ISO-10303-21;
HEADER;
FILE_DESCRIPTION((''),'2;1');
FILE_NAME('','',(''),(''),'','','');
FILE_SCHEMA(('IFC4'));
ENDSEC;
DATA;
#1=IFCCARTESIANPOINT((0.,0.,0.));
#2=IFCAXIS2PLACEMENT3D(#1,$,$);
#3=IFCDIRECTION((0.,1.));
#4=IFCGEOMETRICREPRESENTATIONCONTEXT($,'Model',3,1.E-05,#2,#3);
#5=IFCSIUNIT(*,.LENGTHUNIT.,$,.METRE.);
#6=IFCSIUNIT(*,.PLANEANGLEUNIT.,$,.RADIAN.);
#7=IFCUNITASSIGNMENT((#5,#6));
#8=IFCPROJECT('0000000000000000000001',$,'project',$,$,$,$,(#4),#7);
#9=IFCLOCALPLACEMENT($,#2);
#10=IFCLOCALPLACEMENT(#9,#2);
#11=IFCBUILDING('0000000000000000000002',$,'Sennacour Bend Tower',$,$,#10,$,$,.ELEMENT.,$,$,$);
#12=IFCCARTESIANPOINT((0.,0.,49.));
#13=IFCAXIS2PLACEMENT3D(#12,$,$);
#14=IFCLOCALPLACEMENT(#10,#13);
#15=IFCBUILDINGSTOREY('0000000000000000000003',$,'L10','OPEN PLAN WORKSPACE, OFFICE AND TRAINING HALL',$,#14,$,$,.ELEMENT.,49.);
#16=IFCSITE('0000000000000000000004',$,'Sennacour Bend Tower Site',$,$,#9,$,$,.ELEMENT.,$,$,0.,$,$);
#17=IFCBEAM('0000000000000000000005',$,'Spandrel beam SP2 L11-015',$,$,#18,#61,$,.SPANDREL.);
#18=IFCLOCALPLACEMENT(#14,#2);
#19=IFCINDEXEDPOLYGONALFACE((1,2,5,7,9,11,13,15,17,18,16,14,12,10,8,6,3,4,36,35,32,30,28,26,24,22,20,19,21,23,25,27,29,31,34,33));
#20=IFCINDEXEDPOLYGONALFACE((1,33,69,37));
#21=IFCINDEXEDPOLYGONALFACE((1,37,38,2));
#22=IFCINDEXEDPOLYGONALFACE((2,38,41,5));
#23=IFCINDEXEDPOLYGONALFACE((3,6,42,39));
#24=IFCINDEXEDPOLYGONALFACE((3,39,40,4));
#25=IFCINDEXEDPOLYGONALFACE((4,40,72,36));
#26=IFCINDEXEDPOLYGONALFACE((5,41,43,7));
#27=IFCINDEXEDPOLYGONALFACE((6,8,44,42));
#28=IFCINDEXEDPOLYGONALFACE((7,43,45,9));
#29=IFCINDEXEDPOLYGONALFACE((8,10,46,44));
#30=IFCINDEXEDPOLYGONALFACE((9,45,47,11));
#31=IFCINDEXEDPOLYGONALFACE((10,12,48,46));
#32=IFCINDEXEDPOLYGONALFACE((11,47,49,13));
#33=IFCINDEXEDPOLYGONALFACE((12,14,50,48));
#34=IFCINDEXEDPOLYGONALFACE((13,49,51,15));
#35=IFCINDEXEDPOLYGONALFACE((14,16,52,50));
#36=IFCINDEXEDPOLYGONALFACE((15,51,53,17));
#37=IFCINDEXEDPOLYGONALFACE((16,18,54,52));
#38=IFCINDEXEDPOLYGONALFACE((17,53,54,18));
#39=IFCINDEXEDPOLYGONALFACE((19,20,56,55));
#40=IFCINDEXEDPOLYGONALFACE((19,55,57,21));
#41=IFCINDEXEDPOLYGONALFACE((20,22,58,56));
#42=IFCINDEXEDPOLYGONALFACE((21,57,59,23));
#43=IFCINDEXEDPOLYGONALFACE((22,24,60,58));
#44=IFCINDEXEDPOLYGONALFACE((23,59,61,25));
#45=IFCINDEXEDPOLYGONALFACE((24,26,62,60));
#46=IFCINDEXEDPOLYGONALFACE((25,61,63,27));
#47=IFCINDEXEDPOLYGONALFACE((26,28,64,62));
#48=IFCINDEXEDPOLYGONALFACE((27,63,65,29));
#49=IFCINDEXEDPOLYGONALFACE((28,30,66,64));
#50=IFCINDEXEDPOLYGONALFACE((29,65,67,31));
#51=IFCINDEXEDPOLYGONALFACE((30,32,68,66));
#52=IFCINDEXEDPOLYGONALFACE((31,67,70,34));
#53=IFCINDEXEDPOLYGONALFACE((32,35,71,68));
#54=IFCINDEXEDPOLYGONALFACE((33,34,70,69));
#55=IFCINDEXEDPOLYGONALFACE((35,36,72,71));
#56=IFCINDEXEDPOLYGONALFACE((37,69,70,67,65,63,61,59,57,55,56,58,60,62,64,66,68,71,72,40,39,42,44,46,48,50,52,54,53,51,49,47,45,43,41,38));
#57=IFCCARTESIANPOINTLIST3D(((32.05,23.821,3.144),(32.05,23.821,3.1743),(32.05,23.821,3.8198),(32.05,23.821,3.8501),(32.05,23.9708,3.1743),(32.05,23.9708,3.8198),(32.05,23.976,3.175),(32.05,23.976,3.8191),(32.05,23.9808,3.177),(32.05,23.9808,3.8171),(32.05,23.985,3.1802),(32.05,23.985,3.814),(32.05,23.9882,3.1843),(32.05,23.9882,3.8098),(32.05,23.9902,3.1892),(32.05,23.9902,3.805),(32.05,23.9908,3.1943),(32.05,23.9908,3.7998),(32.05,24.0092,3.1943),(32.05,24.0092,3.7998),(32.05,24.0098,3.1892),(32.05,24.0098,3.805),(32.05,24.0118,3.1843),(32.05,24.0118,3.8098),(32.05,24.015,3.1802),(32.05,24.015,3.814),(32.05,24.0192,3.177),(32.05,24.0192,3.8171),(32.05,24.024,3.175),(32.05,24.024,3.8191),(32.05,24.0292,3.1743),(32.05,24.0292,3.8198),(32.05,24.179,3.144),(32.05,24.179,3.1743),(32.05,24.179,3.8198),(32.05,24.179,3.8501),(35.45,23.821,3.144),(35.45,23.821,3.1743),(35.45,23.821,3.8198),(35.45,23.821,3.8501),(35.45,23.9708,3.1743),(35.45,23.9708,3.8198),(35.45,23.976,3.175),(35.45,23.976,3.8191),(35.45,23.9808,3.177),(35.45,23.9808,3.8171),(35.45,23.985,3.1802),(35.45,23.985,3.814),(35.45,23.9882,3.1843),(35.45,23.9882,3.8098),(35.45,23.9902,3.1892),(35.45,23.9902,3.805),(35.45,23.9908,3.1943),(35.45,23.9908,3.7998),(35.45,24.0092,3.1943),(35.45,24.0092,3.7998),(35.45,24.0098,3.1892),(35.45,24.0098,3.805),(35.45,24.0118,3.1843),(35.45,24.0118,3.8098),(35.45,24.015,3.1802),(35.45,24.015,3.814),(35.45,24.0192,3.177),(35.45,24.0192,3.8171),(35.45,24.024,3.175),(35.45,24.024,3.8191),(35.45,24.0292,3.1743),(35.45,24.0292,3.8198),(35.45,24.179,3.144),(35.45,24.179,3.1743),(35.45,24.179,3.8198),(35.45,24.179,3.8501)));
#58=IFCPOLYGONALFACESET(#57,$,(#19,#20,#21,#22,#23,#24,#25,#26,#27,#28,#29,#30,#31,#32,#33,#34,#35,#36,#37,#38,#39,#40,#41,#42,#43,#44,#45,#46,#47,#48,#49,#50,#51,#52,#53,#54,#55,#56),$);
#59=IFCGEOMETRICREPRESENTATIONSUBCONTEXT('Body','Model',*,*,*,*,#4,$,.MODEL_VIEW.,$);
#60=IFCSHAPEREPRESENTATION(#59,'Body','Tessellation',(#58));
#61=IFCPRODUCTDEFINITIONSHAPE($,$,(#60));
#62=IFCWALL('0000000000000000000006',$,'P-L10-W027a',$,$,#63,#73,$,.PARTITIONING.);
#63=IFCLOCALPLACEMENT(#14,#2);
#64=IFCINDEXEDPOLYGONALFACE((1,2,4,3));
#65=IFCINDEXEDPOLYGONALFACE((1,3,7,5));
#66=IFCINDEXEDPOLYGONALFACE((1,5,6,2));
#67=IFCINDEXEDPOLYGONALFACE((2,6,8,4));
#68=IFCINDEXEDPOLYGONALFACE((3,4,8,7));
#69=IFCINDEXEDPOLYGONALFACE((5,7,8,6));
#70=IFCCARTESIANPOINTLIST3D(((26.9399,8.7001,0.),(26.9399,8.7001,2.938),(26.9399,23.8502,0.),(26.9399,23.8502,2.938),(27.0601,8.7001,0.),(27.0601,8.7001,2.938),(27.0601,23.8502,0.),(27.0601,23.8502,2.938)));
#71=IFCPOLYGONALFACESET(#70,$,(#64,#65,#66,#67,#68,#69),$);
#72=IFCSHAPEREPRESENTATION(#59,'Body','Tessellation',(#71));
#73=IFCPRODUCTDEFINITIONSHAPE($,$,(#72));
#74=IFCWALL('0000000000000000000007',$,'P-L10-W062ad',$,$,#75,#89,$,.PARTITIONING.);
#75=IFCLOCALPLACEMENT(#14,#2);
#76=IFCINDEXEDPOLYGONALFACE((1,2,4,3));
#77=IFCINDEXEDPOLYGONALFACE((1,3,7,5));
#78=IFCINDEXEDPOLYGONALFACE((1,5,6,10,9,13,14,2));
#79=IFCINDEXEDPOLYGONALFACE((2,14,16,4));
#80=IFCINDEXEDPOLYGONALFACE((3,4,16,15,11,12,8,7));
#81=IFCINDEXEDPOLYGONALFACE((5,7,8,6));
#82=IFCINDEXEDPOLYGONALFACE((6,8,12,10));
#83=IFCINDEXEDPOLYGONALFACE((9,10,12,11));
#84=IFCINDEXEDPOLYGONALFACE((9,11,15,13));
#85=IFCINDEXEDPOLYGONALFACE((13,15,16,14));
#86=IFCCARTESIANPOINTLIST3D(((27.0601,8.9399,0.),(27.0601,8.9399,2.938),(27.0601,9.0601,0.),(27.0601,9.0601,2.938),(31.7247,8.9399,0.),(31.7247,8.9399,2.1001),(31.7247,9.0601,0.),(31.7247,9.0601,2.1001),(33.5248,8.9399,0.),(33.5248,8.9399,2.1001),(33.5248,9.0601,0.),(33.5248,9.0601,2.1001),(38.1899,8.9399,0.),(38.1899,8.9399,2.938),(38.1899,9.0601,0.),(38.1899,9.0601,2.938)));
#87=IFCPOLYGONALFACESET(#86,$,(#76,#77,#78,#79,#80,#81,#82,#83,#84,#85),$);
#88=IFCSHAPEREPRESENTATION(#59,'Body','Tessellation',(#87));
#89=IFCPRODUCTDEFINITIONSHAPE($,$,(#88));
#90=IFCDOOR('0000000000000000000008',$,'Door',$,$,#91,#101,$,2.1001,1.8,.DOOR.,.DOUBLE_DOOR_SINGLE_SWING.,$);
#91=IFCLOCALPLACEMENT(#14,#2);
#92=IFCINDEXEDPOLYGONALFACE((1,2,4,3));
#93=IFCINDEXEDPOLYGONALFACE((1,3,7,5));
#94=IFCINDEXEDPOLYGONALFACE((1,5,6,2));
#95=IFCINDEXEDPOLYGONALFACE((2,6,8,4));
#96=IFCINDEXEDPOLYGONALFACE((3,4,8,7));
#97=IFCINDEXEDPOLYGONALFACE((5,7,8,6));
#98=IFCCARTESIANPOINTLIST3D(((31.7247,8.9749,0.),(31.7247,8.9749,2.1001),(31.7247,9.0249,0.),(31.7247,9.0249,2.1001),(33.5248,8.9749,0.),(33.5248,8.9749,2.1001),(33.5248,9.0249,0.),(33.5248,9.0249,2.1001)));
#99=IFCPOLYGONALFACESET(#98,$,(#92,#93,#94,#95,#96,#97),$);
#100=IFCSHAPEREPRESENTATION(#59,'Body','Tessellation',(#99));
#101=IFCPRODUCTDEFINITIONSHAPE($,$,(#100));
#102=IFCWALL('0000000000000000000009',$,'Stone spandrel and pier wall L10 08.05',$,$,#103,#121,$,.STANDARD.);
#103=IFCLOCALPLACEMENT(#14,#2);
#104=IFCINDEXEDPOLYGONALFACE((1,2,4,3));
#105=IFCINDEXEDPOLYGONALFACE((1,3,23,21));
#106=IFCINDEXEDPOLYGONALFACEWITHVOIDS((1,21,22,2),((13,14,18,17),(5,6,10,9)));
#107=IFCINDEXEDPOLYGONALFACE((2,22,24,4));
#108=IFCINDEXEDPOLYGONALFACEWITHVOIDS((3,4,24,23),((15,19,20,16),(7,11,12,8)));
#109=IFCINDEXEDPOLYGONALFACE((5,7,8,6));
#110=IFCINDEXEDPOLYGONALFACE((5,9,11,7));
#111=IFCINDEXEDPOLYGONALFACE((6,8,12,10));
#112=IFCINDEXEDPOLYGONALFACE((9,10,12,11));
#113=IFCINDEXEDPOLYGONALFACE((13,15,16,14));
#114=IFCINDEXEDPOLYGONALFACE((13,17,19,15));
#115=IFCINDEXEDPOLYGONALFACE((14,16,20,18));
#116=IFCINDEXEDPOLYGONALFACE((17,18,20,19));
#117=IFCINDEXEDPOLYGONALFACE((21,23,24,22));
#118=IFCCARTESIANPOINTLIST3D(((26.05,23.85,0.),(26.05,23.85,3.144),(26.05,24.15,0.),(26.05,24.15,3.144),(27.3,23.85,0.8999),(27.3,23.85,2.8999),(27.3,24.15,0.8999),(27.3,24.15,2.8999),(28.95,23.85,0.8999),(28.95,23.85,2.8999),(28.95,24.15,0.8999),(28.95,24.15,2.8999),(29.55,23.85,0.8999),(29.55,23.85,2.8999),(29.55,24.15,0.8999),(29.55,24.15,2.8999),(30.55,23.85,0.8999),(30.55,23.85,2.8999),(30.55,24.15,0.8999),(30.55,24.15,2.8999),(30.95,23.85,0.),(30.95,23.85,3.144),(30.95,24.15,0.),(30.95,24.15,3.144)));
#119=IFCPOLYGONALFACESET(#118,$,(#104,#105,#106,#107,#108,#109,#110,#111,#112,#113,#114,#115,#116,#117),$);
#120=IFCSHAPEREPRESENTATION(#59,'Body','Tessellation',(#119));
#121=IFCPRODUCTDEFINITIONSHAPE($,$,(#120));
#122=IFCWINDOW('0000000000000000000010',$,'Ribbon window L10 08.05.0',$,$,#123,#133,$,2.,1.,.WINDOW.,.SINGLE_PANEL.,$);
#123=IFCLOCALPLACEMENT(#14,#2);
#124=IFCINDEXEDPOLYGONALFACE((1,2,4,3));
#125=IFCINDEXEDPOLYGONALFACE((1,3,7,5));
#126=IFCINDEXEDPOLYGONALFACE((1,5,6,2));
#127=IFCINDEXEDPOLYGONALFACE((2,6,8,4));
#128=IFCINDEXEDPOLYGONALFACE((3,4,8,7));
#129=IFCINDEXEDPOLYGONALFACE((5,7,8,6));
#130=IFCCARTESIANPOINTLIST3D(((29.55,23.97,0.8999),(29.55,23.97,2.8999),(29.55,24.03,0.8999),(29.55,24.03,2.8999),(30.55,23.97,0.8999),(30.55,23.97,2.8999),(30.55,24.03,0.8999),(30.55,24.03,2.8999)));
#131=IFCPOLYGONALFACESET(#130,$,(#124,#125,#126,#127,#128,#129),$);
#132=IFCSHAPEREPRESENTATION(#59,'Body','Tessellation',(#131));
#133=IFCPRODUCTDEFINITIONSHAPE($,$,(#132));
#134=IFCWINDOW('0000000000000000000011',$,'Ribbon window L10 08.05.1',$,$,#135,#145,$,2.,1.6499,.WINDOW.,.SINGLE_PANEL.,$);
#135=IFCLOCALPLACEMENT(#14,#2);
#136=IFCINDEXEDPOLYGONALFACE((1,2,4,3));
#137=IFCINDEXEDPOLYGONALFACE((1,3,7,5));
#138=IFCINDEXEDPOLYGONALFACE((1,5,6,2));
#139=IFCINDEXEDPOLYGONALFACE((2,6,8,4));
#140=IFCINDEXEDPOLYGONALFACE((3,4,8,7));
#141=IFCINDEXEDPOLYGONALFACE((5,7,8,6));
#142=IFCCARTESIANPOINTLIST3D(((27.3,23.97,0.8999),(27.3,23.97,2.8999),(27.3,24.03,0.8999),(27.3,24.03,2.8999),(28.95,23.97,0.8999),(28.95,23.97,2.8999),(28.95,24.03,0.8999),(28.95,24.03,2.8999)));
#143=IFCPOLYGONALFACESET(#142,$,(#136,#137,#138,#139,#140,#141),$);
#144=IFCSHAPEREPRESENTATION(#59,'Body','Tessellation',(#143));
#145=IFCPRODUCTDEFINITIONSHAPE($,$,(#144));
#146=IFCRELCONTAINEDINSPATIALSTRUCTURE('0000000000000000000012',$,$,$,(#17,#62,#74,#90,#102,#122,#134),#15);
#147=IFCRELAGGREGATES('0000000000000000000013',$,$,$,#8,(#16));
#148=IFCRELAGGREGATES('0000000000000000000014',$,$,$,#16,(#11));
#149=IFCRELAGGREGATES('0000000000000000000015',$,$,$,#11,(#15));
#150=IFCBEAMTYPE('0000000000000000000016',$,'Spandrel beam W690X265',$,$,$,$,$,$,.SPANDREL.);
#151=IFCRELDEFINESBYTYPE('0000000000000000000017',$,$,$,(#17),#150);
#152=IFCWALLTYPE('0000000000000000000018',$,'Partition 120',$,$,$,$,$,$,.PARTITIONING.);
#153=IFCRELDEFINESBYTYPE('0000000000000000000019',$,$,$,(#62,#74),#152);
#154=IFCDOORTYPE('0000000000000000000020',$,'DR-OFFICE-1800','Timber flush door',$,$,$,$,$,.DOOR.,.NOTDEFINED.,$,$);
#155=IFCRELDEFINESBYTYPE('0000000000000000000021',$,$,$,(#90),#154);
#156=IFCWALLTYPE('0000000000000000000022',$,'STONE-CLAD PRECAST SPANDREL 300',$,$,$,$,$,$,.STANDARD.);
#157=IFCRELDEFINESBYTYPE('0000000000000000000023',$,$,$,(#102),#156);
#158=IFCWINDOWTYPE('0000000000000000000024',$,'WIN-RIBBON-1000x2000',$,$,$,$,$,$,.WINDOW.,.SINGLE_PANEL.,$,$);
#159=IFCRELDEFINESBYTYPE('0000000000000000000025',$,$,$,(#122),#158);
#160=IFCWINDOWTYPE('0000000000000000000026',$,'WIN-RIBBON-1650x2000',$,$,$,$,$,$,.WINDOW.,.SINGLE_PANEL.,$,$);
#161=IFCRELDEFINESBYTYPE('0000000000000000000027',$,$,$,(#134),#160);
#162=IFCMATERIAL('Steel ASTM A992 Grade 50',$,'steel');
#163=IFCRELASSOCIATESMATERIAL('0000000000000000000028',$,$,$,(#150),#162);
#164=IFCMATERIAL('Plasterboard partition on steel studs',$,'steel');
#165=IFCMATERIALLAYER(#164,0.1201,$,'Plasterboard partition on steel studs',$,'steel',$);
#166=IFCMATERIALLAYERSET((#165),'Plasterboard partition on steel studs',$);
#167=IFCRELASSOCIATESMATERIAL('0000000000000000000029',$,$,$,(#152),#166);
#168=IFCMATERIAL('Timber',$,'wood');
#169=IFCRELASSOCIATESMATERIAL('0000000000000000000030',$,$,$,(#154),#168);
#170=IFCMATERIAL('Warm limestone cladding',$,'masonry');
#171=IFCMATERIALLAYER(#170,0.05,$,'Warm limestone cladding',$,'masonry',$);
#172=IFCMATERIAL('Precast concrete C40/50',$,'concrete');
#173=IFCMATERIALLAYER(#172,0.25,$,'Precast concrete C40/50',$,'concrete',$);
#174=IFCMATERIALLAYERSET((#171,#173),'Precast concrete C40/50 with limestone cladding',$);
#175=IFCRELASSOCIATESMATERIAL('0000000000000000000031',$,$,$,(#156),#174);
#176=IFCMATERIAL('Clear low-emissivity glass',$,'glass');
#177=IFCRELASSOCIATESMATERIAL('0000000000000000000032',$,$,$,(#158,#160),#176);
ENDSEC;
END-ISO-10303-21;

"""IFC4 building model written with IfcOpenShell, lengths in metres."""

from ifc_helpers import new_model, si_unit, direction, frame, frame_2d, origin, origin_2d, place, context, subcontext, project, spatial, rectangle, i_section, extrude, material, layer, layer_set, material_profile, profile_set, type_object, element, fill, save


model = new_model("IFC4")

# Units and contexts
model_context = context("Model", 3, precision=1e-05, world=origin(), true_north=direction((0.0, 1.0)))
body_context = subcontext(model_context, "Body", "Model", "MODEL_VIEW")
ifc_project = project(units=[si_unit("LENGTHUNIT", "METRE"), si_unit("PLANEANGLEUNIT", "RADIAN")], contexts=[model_context])

# Site, building, storey
site_placement = place(None, origin())
site = spatial("IfcSite", under=ifc_project, at=site_placement, Name="Sennacour Bend Tower Site", CompositionType="ELEMENT", RefElevation=0.0)
building_placement = place(site_placement, origin())
building = spatial("IfcBuilding", under=site, at=building_placement, Name="Sennacour Bend Tower", CompositionType="ELEMENT")
storey_placement = place(building_placement, frame((0.0, 0.0, 49.0)))
storey = spatial("IfcBuildingStorey", under=building, at=storey_placement, Name="L10", Description="OPEN PLAN WORKSPACE, OFFICE AND TRAINING HALL", CompositionType="ELEMENT", Elevation=49.0)

# Beam
ifc_material_1 = material(Name="Steel ASTM A992 Grade 50", Category="steel")
ifc_material_profile_1 = material_profile(ifc_material_1, i_section(OverallWidth=0.3579, OverallDepth=0.7061, WebThickness=0.0183, FlangeThickness=0.0303, FilletRadius=0.02, at=origin_2d()), Name="Steel ASTM A992 Grade 50", Category="steel")
ifc_profile_set_1 = profile_set([ifc_material_profile_1], Name="Steel ASTM A992 Grade 50")
beam_type_1 = type_object("IfcBeamType", Name="Spandrel beam W690X265", PredefinedType="SPANDREL", material=ifc_profile_set_1)
beam_1_placement = place(storey_placement, frame((32.05, 24.0, 3.4971), z_axis=(1.0, 0.0, 0.0), x_axis=(0.0, 1.0, 0.0)))
element("IfcBeam", 1, at=beam_1_placement, inside=storey, type_object=beam_type_1, Name="Spandrel beam SP2 L11-015", PredefinedType="SPANDREL", context=body_context, shape_type="SweptSolid", body=[
    extrude(i_section(OverallWidth=0.3579, OverallDepth=0.7061, WebThickness=0.0183, FlangeThickness=0.0303, FilletRadius=0.02, at=origin_2d()), origin(), (0.0, 0.0, 1.0), 3.3999),
])

# Wall
ifc_material_2 = material(Name="Plasterboard partition on steel studs", Category="steel")
ifc_layer_1 = layer(ifc_material_2, 0.1201, Name="Plasterboard partition on steel studs", Category="steel")
ifc_layer_set_1 = layer_set([ifc_layer_1], Name="Plasterboard partition on steel studs")
wall_type_1 = type_object("IfcWallType", Name="Partition 120", PredefinedType="PARTITIONING", material=ifc_layer_set_1)
wall_1_placement = place(storey_placement, frame((27.0, 8.7, 0.0), z_axis=(0.0, 0.0, 1.0), x_axis=(0.0, 1.0, 0.0)))
element("IfcWall", 2, at=wall_1_placement, inside=storey, type_object=wall_type_1, Name="P-L10-W027a", PredefinedType="PARTITIONING", context=body_context, shape_type="SweptSolid", body=[
    extrude(rectangle(XDim=15.1501, YDim=0.1201, at=frame_2d((7.5752, 0.0))), origin(), (0.0, 0.0, 1.0), 2.938),
])

# Wall, opening, door
wall_2_placement = place(storey_placement, frame((27.0601, 9.0, 0.0), z_axis=(0.0, 0.0, 1.0), x_axis=(1.0, 0.0, 0.0)))
wall_2 = element("IfcWall", 3, at=wall_2_placement, inside=storey, type_object=wall_type_1, Name="P-L10-W062ad", PredefinedType="PARTITIONING", context=body_context, shape_type="SweptSolid", body=[
    extrude(rectangle(XDim=11.1299, YDim=0.1201, at=frame_2d((5.5649, 0.0))), origin(), (0.0, 0.0, 1.0), 2.938),
])
opening_1_placement = place(wall_2_placement, frame((4.6648, 0.0, 0.0)))
opening_1 = element("IfcOpeningElement", 4, at=opening_1_placement, cuts=wall_2, PredefinedType="OPENING", context=body_context, shape_type="SweptSolid", body=[
    extrude(rectangle(XDim=1.8, YDim=2.1001, at=frame_2d((0.8999, 1.05))), frame((0.0, 0.0701, 0.0), z_axis=(0.0, -1.0, 0.0), x_axis=(1.0, 0.0, 0.0)), (0.0, 0.0, 1.0), 0.1401),
])
ifc_material_3 = material(Name="Timber", Category="wood")
door_type = type_object("IfcDoorType", Name="DR-OFFICE-1800", Description="Timber flush door", OperationType="NOTDEFINED", PredefinedType="DOOR", material=ifc_material_3)
door_placement = place(opening_1_placement, origin())
door = element("IfcDoor", 5, at=door_placement, inside=storey, type_object=door_type, Name="Door", OperationType="DOUBLE_DOOR_SINGLE_SWING", OverallHeight=2.1001, OverallWidth=1.8, PredefinedType="DOOR", context=body_context, shape_type="SweptSolid", body=[
    extrude(rectangle(XDim=1.8, YDim=2.1001, at=frame_2d((0.8999, 1.05))), frame((0.0, 0.0249, 0.0), z_axis=(0.0, -1.0, 0.0), x_axis=(1.0, 0.0, 0.0)), (0.0, 0.0, 1.0), 0.05),
])
fill(opening_1, door)

# Wall, openings, windows
ifc_material_4 = material(Name="Warm limestone cladding", Category="masonry")
ifc_layer_2 = layer(ifc_material_4, 0.05, Name="Warm limestone cladding", Category="masonry")
ifc_material_5 = material(Name="Precast concrete C40/50", Category="concrete")
ifc_layer_3 = layer(ifc_material_5, 0.25, Name="Precast concrete C40/50", Category="concrete")
ifc_layer_set_2 = layer_set([ifc_layer_2, ifc_layer_3], Name="Precast concrete C40/50 with limestone cladding")
wall_type_2 = type_object("IfcWallType", Name="STONE-CLAD PRECAST SPANDREL 300", PredefinedType="STANDARD", material=ifc_layer_set_2)
wall_3_placement = place(storey_placement, frame((30.95, 24.0, 0.0), z_axis=(0.0, 0.0, 1.0), x_axis=(-1.0, 0.0, 0.0)))
wall_3 = element("IfcWall", 6, at=wall_3_placement, inside=storey, type_object=wall_type_2, Name="Stone spandrel and pier wall L10 08.05", PredefinedType="STANDARD", context=body_context, shape_type="SweptSolid", body=[
    extrude(rectangle(XDim=4.8999, YDim=0.3, at=frame_2d((2.45, 0.0))), origin(), (0.0, 0.0, 1.0), 3.144),
])
opening_2_placement = place(wall_3_placement, frame((0.3999, 0.0, 0.8999)))
opening_2 = element("IfcOpeningElement", 7, at=opening_2_placement, cuts=wall_3, PredefinedType="OPENING", context=body_context, shape_type="SweptSolid", body=[
    extrude(rectangle(XDim=1.0, YDim=2.0, at=frame_2d((0.5, 1.0))), frame((0.0, 0.1602, 0.0), z_axis=(0.0, -1.0, 0.0), x_axis=(1.0, 0.0, 0.0)), (0.0, 0.0, 1.0), 0.3201),
])
opening_3_placement = place(wall_3_placement, frame((2.0, 0.0, 0.8999)))
opening_3 = element("IfcOpeningElement", 8, at=opening_3_placement, cuts=wall_3, PredefinedType="OPENING", context=body_context, shape_type="SweptSolid", body=[
    extrude(rectangle(XDim=1.6499, YDim=2.0, at=frame_2d((0.825, 1.0))), frame((0.0, 0.1602, 0.0), z_axis=(0.0, -1.0, 0.0), x_axis=(1.0, 0.0, 0.0)), (0.0, 0.0, 1.0), 0.3201),
])
ifc_material_6 = material(Name="Clear low-emissivity glass", Category="glass")
window_type_1 = type_object("IfcWindowType", Name="WIN-RIBBON-1000x2000", PartitioningType="SINGLE_PANEL", PredefinedType="WINDOW", material=ifc_material_6)
window_1_placement = place(opening_2_placement, origin())
window_1 = element("IfcWindow", 9, at=window_1_placement, inside=storey, type_object=window_type_1, Name="Ribbon window L10 08.05.0", OverallHeight=2.0, OverallWidth=1.0, PartitioningType="SINGLE_PANEL", PredefinedType="WINDOW", context=body_context, shape_type="SweptSolid", body=[
    extrude(rectangle(XDim=1.0, YDim=2.0, at=frame_2d((0.5, 1.0))), frame((0.0, 0.03, 0.0), z_axis=(0.0, -1.0, 0.0), x_axis=(1.0, 0.0, 0.0)), (0.0, 0.0, 1.0), 0.0601),
])
fill(opening_2, window_1)
window_type_2 = type_object("IfcWindowType", Name="WIN-RIBBON-1650x2000", PartitioningType="SINGLE_PANEL", PredefinedType="WINDOW", material=ifc_material_6)
window_2_placement = place(opening_3_placement, origin())
window_2 = element("IfcWindow", 10, at=window_2_placement, inside=storey, type_object=window_type_2, Name="Ribbon window L10 08.05.1", OverallHeight=2.0, OverallWidth=1.6499, PartitioningType="SINGLE_PANEL", PredefinedType="WINDOW", context=body_context, shape_type="SweptSolid", body=[
    extrude(rectangle(XDim=1.6499, YDim=2.0, at=frame_2d((0.825, 1.0))), frame((0.0, 0.03, 0.0), z_axis=(0.0, -1.0, 0.0), x_axis=(1.0, 0.0, 0.0)), (0.0, 0.0, 1.0), 0.0601),
])
fill(opening_3, window_2)

save(model, "model.ifc")
